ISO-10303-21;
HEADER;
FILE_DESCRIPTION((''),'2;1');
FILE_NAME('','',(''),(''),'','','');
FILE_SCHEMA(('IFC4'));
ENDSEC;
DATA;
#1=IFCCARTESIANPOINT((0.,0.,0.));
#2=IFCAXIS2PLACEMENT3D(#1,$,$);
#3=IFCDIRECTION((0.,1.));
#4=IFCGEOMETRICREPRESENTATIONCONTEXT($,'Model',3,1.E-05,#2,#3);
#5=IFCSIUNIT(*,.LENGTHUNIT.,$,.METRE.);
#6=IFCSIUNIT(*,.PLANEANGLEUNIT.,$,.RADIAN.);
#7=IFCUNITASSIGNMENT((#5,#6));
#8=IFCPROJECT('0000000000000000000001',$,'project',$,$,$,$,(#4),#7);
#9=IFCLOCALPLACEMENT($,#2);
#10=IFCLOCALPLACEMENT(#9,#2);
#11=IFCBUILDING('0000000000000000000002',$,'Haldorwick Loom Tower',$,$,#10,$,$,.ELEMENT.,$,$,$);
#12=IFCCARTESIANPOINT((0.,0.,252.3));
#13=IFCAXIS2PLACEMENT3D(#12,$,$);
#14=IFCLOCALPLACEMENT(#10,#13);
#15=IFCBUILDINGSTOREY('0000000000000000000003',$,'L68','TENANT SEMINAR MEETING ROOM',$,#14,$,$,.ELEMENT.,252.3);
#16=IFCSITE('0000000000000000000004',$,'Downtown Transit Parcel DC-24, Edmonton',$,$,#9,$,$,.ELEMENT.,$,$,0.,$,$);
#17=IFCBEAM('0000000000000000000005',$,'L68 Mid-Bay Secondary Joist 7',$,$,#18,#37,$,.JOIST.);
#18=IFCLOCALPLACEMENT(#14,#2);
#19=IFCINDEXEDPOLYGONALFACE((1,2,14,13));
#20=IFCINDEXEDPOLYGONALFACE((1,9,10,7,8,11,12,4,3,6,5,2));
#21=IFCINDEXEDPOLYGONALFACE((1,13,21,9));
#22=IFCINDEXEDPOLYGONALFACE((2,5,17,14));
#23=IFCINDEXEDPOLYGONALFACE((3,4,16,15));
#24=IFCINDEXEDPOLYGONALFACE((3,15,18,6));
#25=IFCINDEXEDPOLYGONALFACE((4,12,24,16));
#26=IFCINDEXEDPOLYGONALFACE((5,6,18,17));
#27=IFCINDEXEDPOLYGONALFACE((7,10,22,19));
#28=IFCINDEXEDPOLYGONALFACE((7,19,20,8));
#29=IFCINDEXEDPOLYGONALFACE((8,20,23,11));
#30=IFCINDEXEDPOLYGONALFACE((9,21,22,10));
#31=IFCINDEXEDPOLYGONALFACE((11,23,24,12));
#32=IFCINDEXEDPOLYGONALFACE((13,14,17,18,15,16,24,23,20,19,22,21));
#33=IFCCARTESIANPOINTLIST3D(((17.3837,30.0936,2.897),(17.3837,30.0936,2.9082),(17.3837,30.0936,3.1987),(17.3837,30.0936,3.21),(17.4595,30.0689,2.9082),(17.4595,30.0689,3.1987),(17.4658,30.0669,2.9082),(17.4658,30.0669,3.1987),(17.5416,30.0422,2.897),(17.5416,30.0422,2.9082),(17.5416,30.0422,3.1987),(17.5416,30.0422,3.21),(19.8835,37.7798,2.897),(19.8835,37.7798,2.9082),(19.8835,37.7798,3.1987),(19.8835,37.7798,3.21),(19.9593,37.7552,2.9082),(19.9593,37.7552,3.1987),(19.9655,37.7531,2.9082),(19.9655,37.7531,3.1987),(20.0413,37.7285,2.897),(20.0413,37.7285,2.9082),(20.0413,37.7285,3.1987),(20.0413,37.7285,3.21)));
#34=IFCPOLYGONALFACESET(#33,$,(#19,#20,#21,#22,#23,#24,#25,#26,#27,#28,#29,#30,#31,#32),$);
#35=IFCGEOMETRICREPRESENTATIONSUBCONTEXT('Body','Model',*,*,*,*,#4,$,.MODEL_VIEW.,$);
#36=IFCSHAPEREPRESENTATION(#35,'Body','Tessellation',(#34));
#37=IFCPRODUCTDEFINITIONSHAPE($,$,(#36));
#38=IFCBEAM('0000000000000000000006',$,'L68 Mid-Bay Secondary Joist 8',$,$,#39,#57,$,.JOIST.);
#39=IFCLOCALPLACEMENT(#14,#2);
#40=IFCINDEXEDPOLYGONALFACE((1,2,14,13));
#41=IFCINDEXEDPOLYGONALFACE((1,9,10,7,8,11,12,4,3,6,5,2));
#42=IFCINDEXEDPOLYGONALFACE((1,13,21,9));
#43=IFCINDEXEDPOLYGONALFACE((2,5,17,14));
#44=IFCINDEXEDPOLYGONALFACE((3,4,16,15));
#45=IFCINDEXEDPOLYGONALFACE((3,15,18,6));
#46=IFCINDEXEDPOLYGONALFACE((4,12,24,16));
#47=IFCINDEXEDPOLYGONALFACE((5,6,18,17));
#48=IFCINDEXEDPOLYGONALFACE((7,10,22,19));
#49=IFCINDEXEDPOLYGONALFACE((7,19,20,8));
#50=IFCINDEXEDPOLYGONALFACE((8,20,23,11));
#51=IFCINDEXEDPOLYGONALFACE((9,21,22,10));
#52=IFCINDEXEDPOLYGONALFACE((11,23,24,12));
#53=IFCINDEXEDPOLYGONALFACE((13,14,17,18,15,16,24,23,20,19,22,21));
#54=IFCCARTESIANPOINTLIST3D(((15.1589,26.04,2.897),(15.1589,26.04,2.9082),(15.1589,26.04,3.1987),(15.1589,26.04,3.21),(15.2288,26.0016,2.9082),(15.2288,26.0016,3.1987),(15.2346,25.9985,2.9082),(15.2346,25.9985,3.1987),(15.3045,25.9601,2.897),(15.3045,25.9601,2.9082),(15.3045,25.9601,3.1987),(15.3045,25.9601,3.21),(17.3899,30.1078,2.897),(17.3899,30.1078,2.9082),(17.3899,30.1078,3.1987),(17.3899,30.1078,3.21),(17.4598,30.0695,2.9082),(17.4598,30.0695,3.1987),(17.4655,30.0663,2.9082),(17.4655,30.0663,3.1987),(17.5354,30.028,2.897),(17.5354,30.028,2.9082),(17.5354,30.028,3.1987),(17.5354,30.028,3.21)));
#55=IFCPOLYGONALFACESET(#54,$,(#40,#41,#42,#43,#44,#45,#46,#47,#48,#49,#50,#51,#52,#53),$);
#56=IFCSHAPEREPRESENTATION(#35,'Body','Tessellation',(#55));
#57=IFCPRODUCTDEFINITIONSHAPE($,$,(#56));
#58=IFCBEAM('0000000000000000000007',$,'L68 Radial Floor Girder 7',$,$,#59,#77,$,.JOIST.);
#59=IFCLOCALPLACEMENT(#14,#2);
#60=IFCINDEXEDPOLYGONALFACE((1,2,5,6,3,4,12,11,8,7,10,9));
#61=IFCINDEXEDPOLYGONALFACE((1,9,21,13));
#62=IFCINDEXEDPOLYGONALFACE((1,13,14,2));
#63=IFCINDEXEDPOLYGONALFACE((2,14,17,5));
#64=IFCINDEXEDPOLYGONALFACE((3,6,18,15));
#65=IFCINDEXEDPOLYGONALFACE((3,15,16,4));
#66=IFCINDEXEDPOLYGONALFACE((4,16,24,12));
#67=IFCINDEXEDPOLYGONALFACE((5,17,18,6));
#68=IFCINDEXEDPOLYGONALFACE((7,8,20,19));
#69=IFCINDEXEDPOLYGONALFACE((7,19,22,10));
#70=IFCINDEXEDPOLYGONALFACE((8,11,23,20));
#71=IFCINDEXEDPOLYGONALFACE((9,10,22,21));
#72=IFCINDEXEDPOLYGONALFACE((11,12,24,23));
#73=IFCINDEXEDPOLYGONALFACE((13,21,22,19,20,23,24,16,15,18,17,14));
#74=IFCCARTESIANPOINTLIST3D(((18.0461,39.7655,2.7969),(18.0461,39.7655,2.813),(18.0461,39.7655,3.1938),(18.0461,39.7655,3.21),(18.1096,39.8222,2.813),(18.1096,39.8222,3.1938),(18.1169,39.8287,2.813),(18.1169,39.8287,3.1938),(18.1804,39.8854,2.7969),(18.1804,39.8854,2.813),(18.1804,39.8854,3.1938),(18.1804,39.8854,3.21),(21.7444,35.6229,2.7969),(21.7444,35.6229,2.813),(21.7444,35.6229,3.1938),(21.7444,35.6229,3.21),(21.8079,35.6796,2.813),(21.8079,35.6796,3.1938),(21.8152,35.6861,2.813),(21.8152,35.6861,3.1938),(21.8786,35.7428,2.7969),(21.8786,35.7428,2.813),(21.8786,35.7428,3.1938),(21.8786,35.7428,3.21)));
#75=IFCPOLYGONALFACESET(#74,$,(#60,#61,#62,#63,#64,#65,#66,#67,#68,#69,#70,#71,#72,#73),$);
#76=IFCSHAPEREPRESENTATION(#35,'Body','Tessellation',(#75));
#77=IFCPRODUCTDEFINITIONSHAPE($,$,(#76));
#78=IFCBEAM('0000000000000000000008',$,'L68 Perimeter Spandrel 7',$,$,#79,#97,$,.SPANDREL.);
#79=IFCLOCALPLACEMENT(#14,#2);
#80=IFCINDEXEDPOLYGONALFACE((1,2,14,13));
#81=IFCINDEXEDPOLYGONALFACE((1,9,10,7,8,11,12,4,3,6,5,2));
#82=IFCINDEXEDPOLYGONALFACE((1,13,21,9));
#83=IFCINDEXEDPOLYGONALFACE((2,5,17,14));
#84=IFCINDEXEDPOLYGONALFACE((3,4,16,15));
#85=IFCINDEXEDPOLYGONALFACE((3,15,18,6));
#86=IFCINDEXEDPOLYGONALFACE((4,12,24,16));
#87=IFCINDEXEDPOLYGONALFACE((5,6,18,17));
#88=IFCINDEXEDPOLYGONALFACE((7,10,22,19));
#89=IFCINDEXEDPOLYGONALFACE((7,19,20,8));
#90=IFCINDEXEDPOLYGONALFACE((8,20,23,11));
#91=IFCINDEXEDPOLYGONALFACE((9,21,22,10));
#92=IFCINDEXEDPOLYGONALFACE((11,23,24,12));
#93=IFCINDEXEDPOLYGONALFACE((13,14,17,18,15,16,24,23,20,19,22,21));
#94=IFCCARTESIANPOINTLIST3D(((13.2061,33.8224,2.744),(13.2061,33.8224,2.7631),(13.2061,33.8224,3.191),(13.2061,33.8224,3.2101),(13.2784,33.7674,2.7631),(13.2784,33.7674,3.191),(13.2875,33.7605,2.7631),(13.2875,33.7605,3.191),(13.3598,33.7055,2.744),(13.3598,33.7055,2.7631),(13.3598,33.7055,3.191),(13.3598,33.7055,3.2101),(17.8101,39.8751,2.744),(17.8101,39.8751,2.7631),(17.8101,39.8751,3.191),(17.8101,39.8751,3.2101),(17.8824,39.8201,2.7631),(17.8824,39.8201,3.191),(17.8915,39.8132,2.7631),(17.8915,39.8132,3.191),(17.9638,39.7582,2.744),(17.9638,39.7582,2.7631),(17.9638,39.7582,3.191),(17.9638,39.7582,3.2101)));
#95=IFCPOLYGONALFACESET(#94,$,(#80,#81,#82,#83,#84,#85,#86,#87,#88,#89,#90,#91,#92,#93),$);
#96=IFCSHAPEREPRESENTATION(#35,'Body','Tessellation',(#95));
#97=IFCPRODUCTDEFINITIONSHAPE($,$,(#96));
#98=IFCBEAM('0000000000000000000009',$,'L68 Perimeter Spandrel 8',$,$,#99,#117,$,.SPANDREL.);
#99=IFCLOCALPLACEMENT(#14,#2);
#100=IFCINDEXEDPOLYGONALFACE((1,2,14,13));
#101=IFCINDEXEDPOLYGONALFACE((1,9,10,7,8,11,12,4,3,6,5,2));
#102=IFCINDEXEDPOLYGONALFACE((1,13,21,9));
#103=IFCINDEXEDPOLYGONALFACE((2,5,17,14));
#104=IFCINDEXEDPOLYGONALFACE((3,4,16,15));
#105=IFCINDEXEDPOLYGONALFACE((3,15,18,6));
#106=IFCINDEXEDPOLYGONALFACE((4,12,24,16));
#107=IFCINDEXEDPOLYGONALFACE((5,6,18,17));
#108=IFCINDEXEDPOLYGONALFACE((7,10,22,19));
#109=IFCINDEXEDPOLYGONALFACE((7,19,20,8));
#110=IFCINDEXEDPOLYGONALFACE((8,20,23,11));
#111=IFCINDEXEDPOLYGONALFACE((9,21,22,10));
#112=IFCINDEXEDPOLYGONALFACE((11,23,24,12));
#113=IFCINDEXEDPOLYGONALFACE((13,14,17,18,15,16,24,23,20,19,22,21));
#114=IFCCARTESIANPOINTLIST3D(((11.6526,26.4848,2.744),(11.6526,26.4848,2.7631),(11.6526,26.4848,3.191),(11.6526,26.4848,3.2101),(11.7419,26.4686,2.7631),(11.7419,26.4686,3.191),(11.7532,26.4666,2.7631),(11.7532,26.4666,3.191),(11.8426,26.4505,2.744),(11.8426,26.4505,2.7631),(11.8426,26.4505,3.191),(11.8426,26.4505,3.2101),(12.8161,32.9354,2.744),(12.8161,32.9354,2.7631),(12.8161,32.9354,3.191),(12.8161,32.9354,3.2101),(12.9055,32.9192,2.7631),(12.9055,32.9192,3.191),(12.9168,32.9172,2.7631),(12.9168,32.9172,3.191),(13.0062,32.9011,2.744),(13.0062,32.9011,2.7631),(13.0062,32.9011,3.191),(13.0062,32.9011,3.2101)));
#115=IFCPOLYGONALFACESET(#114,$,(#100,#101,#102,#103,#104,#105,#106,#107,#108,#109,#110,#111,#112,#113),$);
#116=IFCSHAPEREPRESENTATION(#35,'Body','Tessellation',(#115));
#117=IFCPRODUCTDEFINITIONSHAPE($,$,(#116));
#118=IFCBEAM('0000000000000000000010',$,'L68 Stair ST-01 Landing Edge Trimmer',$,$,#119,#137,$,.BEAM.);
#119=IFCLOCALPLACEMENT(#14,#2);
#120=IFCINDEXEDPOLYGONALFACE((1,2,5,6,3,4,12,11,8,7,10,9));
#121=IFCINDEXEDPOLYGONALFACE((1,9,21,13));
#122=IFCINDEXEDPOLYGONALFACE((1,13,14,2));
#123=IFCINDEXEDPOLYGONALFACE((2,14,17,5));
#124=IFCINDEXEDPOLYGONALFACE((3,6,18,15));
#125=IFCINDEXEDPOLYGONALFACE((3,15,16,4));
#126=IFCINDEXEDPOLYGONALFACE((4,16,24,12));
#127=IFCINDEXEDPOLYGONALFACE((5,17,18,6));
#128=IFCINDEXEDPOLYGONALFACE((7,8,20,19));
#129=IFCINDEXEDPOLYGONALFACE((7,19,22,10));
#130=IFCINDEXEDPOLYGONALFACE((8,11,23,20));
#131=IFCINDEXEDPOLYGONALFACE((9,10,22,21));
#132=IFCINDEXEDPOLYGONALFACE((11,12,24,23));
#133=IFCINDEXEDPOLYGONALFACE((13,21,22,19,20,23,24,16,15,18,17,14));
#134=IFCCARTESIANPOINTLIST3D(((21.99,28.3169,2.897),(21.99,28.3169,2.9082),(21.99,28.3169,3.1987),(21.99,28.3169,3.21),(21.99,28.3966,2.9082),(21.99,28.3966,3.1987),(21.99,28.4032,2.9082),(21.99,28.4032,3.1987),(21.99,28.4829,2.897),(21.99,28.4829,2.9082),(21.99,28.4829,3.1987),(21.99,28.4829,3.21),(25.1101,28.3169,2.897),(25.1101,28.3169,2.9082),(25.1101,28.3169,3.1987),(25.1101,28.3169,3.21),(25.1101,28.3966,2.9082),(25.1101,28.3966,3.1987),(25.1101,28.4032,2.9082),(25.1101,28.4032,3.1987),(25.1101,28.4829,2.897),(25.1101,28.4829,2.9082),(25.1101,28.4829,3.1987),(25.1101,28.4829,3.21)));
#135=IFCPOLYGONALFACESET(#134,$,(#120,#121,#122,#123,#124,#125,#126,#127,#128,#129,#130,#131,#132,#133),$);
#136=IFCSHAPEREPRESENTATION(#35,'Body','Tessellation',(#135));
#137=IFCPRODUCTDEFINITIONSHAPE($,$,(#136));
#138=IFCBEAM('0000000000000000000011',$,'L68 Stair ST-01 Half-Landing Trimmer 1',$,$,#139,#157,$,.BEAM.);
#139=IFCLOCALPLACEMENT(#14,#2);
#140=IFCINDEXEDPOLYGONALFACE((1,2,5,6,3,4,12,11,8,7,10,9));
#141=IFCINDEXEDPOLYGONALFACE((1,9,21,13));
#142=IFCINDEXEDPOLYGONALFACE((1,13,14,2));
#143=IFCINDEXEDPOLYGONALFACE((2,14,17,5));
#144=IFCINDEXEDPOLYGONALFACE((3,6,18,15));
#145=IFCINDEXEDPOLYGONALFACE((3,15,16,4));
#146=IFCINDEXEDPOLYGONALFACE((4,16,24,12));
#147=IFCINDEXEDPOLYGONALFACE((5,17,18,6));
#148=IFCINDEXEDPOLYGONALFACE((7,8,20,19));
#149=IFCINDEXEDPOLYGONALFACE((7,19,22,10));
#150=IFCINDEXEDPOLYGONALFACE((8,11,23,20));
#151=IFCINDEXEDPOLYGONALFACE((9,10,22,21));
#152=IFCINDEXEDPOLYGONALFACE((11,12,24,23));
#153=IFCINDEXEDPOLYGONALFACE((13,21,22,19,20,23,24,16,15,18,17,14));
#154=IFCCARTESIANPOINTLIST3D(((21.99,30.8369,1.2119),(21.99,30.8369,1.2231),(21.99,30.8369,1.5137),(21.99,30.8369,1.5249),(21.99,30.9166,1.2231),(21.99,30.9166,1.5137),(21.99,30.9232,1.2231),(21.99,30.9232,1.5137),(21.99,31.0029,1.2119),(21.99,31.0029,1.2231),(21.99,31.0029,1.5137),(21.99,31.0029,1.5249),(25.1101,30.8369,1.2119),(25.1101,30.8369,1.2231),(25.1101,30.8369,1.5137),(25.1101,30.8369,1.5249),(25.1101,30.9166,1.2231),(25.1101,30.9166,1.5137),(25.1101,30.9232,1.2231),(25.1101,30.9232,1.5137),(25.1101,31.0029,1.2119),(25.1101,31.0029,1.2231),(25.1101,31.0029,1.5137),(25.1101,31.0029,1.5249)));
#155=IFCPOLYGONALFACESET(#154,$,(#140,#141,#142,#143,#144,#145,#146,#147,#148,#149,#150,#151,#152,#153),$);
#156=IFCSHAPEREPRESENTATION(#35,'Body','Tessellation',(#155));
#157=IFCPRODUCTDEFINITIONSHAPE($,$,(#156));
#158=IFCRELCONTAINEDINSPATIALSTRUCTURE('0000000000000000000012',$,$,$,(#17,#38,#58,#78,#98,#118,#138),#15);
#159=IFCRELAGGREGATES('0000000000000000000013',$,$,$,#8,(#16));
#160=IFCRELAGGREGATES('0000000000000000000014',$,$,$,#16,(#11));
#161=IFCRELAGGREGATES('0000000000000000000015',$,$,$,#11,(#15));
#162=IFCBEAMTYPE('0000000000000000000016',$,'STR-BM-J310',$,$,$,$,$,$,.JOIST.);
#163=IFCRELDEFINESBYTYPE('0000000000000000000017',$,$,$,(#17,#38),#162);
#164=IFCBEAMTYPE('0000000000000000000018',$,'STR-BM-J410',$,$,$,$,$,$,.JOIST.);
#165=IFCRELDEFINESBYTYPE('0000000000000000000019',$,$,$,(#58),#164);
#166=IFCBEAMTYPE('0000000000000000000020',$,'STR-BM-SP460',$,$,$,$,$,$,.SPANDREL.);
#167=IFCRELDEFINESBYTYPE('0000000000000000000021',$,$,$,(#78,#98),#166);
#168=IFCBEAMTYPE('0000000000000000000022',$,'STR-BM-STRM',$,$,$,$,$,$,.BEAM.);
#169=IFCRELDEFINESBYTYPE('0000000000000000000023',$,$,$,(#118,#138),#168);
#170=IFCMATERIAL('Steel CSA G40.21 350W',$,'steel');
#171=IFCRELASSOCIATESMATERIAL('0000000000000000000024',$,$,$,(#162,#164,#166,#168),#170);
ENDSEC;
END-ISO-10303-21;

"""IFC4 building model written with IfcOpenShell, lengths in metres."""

from ifc_helpers import new_model, si_unit, direction, frame, origin, origin_2d, place, context, subcontext, project, spatial, i_section, extrude, material, material_profile, profile_set, type_object, element, save


model = new_model("IFC4")

# Units and contexts
model_context = context("Model", 3, precision=1e-05, world=origin(), true_north=direction((0.0, 1.0)))
body_context = subcontext(model_context, "Body", "Model", "MODEL_VIEW")
ifc_project = project(units=[si_unit("LENGTHUNIT", "METRE"), si_unit("PLANEANGLEUNIT", "RADIAN")], contexts=[model_context])

# Site, building, storey
site_placement = place(None, origin())
site = spatial("IfcSite", under=ifc_project, at=site_placement, Name="Downtown Transit Parcel DC-24, Edmonton", CompositionType="ELEMENT", RefElevation=0.0)
building_placement = place(site_placement, origin())
building = spatial("IfcBuilding", under=site, at=building_placement, Name="Haldorwick Loom Tower", CompositionType="ELEMENT")
storey_placement = place(building_placement, frame((0.0, 0.0, 252.3)))
storey = spatial("IfcBuildingStorey", under=building, at=storey_placement, Name="L68", Description="TENANT SEMINAR MEETING ROOM", CompositionType="ELEMENT", Elevation=252.3)

# Shared definitions
ifc_material_1 = material(Name="Steel CSA G40.21 350W", Category="steel")

# Beams
ifc_material_profile_1 = material_profile(ifc_material_1, i_section(OverallWidth=0.166, OverallDepth=0.313, WebThickness=0.0066, FlangeThickness=0.0112, at=origin_2d()), Name="W310X45", Category="steel")
ifc_profile_set_1 = profile_set([ifc_material_profile_1], Name="Steel CSA G40.21 350W")
beam_type_1 = type_object("IfcBeamType", Name="STR-BM-J310", PredefinedType="JOIST", material=ifc_profile_set_1)
beam_1_placement = place(storey_placement, frame((19.9624, 37.7542, 3.0535), z_axis=(-0.309278, -0.950972, 0.0), x_axis=(0.950972, -0.309278, 0.0)))
element("IfcBeam", 1, at=beam_1_placement, inside=storey, type_object=beam_type_1, Name="L68 Mid-Bay Secondary Joist 7", PredefinedType="JOIST", context=body_context, shape_type="SweptSolid", body=[
    extrude(i_section(OverallWidth=0.166, OverallDepth=0.313, WebThickness=0.0066, FlangeThickness=0.0112, at=origin_2d()), origin(), (0.0, 0.0, 1.0), 8.0825),
])
beam_2_placement = place(storey_placement, frame((17.4626, 30.0679, 3.0535), z_axis=(-0.480864, -0.876795, 0.0), x_axis=(0.876795, -0.480864, 0.0)))
element("IfcBeam", 2, at=beam_2_placement, inside=storey, type_object=beam_type_1, Name="L68 Mid-Bay Secondary Joist 8", PredefinedType="JOIST", context=body_context, shape_type="SweptSolid", body=[
    extrude(i_section(OverallWidth=0.166, OverallDepth=0.313, WebThickness=0.0066, FlangeThickness=0.0112, at=origin_2d()), origin(), (0.0, 0.0, 1.0), 4.6394),
])
ifc_material_profile_2 = material_profile(ifc_material_1, i_section(OverallWidth=0.1799, OverallDepth=0.4131, WebThickness=0.0098, FlangeThickness=0.0161, at=origin_2d()), Name="W410X74", Category="steel")
ifc_profile_set_2 = profile_set([ifc_material_profile_2], Name="Steel CSA G40.21 350W")
beam_type_2 = type_object("IfcBeamType", Name="STR-BM-J410", PredefinedType="JOIST", material=ifc_profile_set_2)
beam_3_placement = place(storey_placement, frame((21.8115, 35.6829, 3.0034), z_axis=(-0.665967, 0.745981, 0.0), x_axis=(-0.745981, -0.665967, 0.0)))
element("IfcBeam", 3, at=beam_3_placement, inside=storey, type_object=beam_type_2, Name="L68 Radial Floor Girder 7", PredefinedType="JOIST", context=body_context, shape_type="SweptSolid", body=[
    extrude(i_section(OverallWidth=0.1799, OverallDepth=0.4131, WebThickness=0.0098, FlangeThickness=0.0161, at=origin_2d()), origin(), (0.0, 0.0, 1.0), 5.5532),
])
ifc_material_profile_3 = material_profile(ifc_material_1, i_section(OverallWidth=0.1931, OverallDepth=0.4661, WebThickness=0.0115, FlangeThickness=0.019, at=origin_2d()), Name="W460X97", Category="steel")
ifc_profile_set_3 = profile_set([ifc_material_profile_3], Name="Steel CSA G40.21 350W")
beam_type_3 = type_object("IfcBeamType", Name="STR-BM-SP460", PredefinedType="SPANDREL", material=ifc_profile_set_3)
beam_4_placement = place(storey_placement, frame((17.887, 39.8167, 2.9771), z_axis=(-0.60541, -0.795913, 0.0), x_axis=(0.795913, -0.60541, 0.0)))
element("IfcBeam", 4, at=beam_4_placement, inside=storey, type_object=beam_type_3, Name="L68 Perimeter Spandrel 7", PredefinedType="SPANDREL", context=body_context, shape_type="SweptSolid", body=[
    extrude(i_section(OverallWidth=0.1931, OverallDepth=0.4661, WebThickness=0.0115, FlangeThickness=0.019, at=origin_2d()), origin(), (0.0, 0.0, 1.0), 7.6047),
])
beam_5_placement = place(storey_placement, frame((12.9111, 32.9182, 2.9771), z_axis=(-0.177515, -0.984118, 0.0), x_axis=(0.984118, -0.177515, 0.0)))
element("IfcBeam", 5, at=beam_5_placement, inside=storey, type_object=beam_type_3, Name="L68 Perimeter Spandrel 8", PredefinedType="SPANDREL", context=body_context, shape_type="SweptSolid", body=[
    extrude(i_section(OverallWidth=0.1931, OverallDepth=0.4661, WebThickness=0.0115, FlangeThickness=0.019, at=origin_2d()), origin(), (0.0, 0.0, 1.0), 6.5547),
])
ifc_material_profile_4 = material_profile(ifc_material_1, i_section(OverallWidth=0.166, OverallDepth=0.313, WebThickness=0.0066, FlangeThickness=0.0112, at=origin_2d()), Name="W310X45", Category="steel")
ifc_profile_set_4 = profile_set([ifc_material_profile_4], Name="Steel CSA G40.21 350W")
beam_type_4 = type_object("IfcBeamType", Name="STR-BM-STRM", PredefinedType="BEAM", material=ifc_profile_set_4)
for number, where, z_axis, x_axis, name in (
    (6, (21.99, 28.3999, 3.0535), (1.0, 0.0, 0.0), (0.0, 1.0, 0.0), "L68 Stair ST-01 Landing Edge Trimmer"),
    (7, (21.99, 30.9199, 1.3684), (1.0, 0.0, 0.0), (0.0, 1.0, 0.0), "L68 Stair ST-01 Half-Landing Trimmer 1"),
):
    element("IfcBeam", number, at=place(storey_placement, frame(where, z_axis=z_axis, x_axis=x_axis)), inside=storey, type_object=beam_type_4, Name=name, PredefinedType="BEAM", context=body_context, shape_type="SweptSolid", body=[
        extrude(i_section(OverallWidth=0.166, OverallDepth=0.313, WebThickness=0.0066, FlangeThickness=0.0112, at=origin_2d()), origin(), (0.0, 0.0, 1.0), 3.1201),
    ])

save(model, "model.ifc")
